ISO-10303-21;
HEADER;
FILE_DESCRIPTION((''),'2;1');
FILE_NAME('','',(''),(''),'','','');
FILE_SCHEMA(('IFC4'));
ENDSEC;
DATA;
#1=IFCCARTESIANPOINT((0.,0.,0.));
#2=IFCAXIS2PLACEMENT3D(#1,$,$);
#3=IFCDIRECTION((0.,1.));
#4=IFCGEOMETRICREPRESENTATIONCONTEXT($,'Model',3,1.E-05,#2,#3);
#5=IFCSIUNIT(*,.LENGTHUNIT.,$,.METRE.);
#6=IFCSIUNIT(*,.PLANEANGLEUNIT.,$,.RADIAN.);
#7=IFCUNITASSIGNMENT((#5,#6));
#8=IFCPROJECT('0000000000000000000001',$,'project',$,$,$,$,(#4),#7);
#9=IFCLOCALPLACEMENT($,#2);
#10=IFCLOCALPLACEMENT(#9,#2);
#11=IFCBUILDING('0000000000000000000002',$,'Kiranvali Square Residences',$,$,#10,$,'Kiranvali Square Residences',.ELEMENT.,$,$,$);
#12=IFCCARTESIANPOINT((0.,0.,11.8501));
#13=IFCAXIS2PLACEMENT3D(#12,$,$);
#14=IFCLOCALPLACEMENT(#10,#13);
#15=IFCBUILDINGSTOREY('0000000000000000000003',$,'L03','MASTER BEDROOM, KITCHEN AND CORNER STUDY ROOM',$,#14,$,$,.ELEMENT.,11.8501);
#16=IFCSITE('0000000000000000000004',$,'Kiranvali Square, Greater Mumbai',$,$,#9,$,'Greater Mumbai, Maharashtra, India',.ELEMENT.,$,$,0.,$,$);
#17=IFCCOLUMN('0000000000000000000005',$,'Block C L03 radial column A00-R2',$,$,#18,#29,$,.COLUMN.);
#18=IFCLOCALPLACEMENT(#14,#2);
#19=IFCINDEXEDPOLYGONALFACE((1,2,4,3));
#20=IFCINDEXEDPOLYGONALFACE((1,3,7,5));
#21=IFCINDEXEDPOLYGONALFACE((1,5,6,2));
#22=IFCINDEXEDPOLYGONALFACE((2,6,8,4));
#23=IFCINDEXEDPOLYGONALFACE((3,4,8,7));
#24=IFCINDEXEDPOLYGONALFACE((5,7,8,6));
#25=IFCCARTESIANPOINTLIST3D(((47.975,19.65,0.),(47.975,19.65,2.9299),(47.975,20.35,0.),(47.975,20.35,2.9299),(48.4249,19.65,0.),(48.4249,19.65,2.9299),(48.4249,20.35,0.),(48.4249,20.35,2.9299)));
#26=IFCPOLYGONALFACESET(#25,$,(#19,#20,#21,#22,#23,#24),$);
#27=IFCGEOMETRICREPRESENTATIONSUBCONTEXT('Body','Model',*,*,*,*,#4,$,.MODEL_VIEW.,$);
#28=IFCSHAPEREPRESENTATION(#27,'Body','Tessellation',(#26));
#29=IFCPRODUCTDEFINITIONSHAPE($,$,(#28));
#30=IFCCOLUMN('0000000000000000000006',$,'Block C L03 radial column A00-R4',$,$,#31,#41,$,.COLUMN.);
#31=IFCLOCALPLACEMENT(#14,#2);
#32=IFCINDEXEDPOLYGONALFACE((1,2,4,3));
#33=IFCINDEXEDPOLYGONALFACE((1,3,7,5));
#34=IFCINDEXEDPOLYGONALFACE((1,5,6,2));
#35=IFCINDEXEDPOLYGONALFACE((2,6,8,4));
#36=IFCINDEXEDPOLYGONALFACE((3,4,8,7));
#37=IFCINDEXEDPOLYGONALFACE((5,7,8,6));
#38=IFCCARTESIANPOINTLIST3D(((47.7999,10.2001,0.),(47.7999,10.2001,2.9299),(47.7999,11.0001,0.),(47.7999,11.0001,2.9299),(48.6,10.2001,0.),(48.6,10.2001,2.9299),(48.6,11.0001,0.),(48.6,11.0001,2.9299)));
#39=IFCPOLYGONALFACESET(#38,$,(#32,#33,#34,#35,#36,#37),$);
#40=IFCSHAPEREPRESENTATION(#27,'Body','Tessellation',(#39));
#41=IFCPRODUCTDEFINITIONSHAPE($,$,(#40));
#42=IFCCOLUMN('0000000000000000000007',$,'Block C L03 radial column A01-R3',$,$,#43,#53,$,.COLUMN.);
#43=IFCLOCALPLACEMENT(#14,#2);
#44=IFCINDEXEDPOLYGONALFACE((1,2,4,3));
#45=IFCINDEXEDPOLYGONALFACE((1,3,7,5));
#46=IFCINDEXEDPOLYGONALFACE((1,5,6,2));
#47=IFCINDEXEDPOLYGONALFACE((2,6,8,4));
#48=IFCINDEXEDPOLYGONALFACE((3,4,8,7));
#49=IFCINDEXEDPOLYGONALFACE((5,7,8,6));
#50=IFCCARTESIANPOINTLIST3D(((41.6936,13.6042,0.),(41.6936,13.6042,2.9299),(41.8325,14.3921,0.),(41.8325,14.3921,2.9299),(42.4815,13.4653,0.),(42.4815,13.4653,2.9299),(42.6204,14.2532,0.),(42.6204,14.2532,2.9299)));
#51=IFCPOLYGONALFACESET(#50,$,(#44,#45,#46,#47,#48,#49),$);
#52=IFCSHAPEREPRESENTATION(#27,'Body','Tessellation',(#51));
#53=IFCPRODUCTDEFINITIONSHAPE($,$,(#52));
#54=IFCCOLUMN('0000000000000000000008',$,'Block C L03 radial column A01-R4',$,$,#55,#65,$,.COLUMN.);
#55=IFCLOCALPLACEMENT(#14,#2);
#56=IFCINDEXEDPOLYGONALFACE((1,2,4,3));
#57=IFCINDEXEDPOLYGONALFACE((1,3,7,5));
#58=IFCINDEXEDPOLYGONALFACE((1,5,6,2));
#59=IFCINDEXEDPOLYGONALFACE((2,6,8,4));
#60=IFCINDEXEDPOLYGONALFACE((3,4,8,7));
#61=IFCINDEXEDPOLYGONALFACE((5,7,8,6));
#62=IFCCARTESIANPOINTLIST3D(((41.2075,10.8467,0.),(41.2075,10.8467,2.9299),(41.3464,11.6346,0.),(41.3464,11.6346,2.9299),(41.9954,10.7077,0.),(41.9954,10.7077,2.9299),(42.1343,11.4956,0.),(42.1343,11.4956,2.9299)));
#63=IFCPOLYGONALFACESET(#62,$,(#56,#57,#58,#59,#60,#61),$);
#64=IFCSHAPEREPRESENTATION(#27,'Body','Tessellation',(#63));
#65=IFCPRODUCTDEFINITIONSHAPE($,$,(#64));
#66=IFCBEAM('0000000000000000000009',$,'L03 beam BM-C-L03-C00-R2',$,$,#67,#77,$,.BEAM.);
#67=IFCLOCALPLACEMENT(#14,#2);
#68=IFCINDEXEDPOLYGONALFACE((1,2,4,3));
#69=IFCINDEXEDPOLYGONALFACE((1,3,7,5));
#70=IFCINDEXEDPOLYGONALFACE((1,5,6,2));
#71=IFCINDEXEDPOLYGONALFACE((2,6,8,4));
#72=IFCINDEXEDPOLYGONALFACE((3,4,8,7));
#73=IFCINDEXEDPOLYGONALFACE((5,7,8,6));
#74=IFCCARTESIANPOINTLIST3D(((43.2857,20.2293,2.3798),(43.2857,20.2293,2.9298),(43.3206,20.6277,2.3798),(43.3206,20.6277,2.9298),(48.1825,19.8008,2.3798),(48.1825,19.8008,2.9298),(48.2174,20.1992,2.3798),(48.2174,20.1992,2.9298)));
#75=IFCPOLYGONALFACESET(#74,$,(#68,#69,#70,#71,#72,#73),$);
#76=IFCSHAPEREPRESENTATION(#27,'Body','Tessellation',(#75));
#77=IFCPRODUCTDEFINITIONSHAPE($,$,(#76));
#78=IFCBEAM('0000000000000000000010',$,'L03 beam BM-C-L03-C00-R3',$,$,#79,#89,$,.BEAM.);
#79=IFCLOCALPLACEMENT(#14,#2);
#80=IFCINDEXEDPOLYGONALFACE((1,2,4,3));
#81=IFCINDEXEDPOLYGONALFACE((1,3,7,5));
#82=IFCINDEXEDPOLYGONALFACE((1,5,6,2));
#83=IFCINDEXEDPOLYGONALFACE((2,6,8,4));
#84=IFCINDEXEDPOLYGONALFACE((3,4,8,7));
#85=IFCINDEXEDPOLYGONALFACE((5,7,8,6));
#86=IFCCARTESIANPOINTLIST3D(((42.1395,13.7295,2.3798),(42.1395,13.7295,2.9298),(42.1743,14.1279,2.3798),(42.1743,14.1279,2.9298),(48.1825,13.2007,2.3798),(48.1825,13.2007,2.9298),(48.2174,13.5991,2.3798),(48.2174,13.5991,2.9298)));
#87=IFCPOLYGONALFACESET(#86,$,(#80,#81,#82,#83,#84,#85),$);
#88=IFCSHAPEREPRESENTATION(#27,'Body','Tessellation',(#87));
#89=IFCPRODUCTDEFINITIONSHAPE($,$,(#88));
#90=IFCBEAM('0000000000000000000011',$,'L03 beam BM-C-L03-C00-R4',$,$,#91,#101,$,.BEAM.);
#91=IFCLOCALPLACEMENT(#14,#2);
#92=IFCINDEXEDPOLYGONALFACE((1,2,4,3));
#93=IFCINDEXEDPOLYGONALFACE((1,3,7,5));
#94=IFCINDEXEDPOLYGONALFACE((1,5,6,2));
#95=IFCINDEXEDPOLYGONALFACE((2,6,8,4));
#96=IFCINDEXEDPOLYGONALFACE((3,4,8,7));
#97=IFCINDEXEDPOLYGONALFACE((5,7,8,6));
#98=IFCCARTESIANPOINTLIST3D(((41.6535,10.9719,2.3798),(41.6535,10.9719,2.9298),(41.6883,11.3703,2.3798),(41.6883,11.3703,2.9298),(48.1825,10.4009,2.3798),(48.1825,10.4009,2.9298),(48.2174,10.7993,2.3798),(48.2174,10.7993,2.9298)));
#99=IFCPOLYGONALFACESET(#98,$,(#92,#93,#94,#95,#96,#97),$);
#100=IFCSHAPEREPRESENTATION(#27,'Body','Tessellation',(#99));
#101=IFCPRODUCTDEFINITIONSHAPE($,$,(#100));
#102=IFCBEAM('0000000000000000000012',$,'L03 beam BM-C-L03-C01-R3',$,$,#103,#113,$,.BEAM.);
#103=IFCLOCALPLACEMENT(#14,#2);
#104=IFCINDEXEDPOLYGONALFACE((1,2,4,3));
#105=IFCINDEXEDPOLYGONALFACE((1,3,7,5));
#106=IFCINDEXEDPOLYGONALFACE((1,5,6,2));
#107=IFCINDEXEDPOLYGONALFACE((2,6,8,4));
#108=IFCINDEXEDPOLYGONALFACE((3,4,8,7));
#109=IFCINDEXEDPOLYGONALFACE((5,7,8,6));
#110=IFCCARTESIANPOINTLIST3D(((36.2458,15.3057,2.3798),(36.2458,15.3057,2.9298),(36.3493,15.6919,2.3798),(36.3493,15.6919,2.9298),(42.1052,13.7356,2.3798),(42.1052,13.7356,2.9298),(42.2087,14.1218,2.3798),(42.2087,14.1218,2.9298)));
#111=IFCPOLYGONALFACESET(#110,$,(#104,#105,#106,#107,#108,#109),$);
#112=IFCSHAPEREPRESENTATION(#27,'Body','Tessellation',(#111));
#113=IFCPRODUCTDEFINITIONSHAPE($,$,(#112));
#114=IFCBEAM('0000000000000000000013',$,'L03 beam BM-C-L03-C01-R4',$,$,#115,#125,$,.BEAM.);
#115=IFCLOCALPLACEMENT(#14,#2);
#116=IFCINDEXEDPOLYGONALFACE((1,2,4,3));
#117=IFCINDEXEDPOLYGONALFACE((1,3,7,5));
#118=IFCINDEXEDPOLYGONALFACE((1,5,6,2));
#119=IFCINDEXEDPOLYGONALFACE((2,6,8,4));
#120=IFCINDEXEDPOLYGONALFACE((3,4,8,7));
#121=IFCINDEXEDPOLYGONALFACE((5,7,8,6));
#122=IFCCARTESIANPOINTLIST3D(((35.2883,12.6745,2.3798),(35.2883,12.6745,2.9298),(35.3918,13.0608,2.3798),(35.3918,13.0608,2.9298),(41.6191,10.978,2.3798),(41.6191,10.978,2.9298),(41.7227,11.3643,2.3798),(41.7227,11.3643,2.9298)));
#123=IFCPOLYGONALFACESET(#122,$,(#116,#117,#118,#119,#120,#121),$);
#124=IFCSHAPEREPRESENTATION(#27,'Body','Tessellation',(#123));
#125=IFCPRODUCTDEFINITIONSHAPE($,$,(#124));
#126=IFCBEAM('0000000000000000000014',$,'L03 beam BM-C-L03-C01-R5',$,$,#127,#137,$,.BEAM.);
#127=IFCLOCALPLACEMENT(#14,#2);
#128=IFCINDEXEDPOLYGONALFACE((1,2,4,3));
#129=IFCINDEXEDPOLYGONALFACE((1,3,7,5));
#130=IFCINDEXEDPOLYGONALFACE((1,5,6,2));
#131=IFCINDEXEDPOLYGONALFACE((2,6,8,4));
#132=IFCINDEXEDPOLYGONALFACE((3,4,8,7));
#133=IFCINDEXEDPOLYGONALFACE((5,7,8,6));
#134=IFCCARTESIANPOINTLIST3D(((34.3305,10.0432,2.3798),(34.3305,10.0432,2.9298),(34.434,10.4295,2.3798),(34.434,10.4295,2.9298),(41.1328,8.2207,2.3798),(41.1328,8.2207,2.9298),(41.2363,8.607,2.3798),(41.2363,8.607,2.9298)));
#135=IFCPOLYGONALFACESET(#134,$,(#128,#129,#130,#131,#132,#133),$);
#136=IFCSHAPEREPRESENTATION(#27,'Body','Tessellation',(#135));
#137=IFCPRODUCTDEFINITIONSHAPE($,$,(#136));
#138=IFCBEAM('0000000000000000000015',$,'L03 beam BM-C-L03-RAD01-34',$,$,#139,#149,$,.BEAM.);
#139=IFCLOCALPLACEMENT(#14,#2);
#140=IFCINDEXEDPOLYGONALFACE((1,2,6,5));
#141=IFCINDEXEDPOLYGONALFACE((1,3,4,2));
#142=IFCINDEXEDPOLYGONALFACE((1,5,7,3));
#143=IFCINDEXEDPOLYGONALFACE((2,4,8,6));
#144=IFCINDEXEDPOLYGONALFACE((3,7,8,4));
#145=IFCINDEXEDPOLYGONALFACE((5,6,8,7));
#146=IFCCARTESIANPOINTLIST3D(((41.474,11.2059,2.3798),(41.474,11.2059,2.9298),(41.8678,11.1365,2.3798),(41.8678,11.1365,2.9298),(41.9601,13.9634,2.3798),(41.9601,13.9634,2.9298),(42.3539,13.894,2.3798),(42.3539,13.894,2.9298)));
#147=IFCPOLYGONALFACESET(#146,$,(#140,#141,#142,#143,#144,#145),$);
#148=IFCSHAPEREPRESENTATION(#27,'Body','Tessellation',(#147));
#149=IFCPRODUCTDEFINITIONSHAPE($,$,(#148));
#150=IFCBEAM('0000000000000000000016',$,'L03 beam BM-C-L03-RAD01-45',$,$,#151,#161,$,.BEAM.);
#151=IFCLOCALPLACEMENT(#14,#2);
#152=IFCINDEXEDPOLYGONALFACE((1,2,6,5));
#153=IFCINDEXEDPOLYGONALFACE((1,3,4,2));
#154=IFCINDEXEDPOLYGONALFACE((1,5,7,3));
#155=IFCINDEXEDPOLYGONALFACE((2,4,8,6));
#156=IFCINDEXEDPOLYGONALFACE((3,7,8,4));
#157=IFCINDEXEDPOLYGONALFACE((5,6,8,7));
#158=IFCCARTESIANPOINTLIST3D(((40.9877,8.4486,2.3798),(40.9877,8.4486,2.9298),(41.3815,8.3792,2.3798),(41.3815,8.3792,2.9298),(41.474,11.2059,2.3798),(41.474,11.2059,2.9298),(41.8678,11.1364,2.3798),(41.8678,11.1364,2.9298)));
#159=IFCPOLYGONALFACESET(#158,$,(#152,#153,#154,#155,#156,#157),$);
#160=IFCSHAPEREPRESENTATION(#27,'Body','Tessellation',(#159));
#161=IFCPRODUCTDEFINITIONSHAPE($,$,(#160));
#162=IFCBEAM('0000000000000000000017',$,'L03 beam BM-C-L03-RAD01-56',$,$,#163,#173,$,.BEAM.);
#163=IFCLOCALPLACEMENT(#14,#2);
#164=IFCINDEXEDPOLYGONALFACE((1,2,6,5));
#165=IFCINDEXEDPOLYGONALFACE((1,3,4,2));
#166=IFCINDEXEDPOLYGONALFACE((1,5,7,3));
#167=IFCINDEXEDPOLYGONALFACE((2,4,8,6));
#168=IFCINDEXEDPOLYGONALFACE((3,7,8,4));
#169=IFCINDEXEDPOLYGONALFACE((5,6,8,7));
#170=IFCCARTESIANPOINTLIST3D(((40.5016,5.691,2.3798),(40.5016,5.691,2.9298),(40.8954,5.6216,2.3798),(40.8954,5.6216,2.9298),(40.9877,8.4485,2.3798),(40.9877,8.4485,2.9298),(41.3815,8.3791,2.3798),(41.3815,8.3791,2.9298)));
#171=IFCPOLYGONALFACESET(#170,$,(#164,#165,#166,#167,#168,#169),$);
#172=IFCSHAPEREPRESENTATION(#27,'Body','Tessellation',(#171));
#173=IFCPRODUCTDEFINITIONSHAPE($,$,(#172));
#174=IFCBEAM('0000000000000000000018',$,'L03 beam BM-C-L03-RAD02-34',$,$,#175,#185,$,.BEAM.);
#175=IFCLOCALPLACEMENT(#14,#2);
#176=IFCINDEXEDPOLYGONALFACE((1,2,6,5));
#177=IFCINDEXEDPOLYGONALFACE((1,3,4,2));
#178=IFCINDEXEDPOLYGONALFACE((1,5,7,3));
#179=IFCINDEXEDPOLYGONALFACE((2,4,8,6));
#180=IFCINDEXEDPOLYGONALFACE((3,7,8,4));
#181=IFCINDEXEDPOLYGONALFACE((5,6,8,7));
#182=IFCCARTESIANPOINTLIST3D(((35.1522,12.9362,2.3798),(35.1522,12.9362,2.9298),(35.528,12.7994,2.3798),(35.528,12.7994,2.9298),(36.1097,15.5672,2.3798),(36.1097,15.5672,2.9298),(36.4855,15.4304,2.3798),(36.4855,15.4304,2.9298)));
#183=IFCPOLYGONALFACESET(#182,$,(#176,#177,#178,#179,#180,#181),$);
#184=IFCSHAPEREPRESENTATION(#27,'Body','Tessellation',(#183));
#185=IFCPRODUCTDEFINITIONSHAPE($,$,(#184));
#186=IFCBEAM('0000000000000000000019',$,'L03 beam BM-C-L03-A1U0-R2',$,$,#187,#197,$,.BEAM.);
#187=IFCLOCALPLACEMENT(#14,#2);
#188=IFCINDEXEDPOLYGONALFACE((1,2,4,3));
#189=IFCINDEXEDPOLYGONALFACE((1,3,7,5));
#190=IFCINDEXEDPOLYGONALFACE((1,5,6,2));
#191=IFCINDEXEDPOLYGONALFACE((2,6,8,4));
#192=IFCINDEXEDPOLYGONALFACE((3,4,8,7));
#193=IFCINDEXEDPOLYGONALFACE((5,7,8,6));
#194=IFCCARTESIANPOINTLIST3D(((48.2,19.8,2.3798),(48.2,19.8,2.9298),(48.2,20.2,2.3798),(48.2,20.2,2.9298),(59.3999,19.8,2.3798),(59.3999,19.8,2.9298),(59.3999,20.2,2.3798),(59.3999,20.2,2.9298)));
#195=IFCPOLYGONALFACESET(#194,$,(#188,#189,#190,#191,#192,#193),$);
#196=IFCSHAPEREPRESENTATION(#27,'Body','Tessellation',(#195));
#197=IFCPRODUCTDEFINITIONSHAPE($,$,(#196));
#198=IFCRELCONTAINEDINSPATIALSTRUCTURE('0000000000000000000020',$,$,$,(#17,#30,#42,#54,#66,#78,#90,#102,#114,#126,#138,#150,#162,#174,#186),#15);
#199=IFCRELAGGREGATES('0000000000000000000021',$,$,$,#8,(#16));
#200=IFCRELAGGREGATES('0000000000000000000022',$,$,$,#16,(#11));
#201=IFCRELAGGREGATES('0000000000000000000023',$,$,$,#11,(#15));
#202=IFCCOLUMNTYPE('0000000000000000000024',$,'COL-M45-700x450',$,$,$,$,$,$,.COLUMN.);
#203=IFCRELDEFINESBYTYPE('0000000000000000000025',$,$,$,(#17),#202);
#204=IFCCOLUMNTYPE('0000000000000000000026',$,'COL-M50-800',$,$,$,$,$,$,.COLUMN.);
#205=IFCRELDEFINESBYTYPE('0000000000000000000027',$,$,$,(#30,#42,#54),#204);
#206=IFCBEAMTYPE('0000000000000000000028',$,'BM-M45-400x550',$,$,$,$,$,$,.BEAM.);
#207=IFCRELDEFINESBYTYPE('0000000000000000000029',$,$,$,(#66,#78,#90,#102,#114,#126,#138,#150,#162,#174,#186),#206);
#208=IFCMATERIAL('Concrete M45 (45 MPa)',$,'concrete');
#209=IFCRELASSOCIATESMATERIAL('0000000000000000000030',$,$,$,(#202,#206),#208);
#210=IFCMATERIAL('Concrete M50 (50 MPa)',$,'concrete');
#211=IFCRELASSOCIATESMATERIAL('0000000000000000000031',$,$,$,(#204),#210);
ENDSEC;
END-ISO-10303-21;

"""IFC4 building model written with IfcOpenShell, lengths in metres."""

from ifc_helpers import new_model, si_unit, direction, frame, origin, origin_2d, place, context, subcontext, project, spatial, rectangle, extrude, material, material_profile, profile_set, type_object, element, save


model = new_model("IFC4")

# Units and contexts
model_context = context("Model", 3, precision=1e-05, world=origin(), true_north=direction((0.0, 1.0)))
body_context = subcontext(model_context, "Body", "Model", "MODEL_VIEW")
ifc_project = project(units=[si_unit("LENGTHUNIT", "METRE"), si_unit("PLANEANGLEUNIT", "RADIAN")], contexts=[model_context])

# Site, building, storey
site_placement = place(None, origin())
site = spatial("IfcSite", under=ifc_project, at=site_placement, Name="Kiranvali Square, Greater Mumbai", LongName="Greater Mumbai, Maharashtra, India", CompositionType="ELEMENT", RefElevation=0.0)
building_placement = place(site_placement, origin())
building = spatial("IfcBuilding", under=site, at=building_placement, Name="Kiranvali Square Residences", LongName="Kiranvali Square Residences", CompositionType="ELEMENT")
storey_placement = place(building_placement, frame((0.0, 0.0, 11.8501)))
storey = spatial("IfcBuildingStorey", under=building, at=storey_placement, Name="L03", Description="MASTER BEDROOM, KITCHEN AND CORNER STUDY ROOM", CompositionType="ELEMENT", Elevation=11.8501)

# Columns
ifc_material_1 = material(Name="Concrete M45 (45 MPa)", Category="concrete")
ifc_material_profile_1 = material_profile(ifc_material_1, rectangle(XDim=0.45, YDim=0.7, at=origin_2d()), Name="RC 700x450")
ifc_profile_set_1 = profile_set([ifc_material_profile_1], Name="Concrete M45 (45 MPa)")
column_type_1 = type_object("IfcColumnType", Name="COL-M45-700x450", PredefinedType="COLUMN", material=ifc_profile_set_1)
column_placement = place(storey_placement, frame((48.2, 20.0, 0.0), z_axis=(0.0, 0.0, 1.0), x_axis=(1.0, 0.0, 0.0)))
element("IfcColumn", 1, at=column_placement, inside=storey, type_object=column_type_1, Name="Block C L03 radial column A00-R2", PredefinedType="COLUMN", context=body_context, shape_type="SweptSolid", body=[
    extrude(rectangle(XDim=0.45, YDim=0.7, at=origin_2d()), origin(), (0.0, 0.0, 1.0), 2.9299),
])
ifc_material_2 = material(Name="Concrete M50 (50 MPa)", Category="concrete")
ifc_material_profile_2 = material_profile(ifc_material_2, rectangle(XDim=0.8, YDim=0.8, at=origin_2d()), Name="RC 800x800")
ifc_profile_set_2 = profile_set([ifc_material_profile_2], Name="Concrete M50 (50 MPa)")
column_type_2 = type_object("IfcColumnType", Name="COL-M50-800", PredefinedType="COLUMN", material=ifc_profile_set_2)
for number, where, z_axis, x_axis, name in (
    (2, (48.2, 10.6001, 0.0), (0.0, 0.0, 1.0), (1.0, 0.0, 0.0), "Block C L03 radial column A00-R4"),
    (3, (42.157, 13.9287, 0.0), (0.0, 0.0, 1.0), (-0.984808, 0.173648, 0.0), "Block C L03 radial column A01-R3"),
    (4, (41.6709, 11.1711, 0.0), (0.0, 0.0, 1.0), (-0.984808, 0.173648, 0.0), "Block C L03 radial column A01-R4"),
):
    element("IfcColumn", number, at=place(storey_placement, frame(where, z_axis=z_axis, x_axis=x_axis)), inside=storey, type_object=column_type_2, Name=name, PredefinedType="COLUMN", context=body_context, shape_type="SweptSolid", body=[
        extrude(rectangle(XDim=0.8, YDim=0.8, at=origin_2d()), origin(), (0.0, 0.0, 1.0), 2.9299),
    ])

# Beams
ifc_material_profile_3 = material_profile(ifc_material_1, rectangle(XDim=0.3999, YDim=0.55, at=origin_2d()), Name="RC 400x550")
ifc_profile_set_3 = profile_set([ifc_material_profile_3], Name="Concrete M45 (45 MPa)")
beam_type = type_object("IfcBeamType", Name="BM-M45-400x550", PredefinedType="BEAM", material=ifc_profile_set_3)
beam_1_placement = place(storey_placement, frame((48.2, 20.0, 2.6548), z_axis=(-0.996194, 0.087168, 0.0), x_axis=(-0.087168, -0.996194, 0.0)))
element("IfcBeam", 5, at=beam_1_placement, inside=storey, type_object=beam_type, Name="L03 beam BM-C-L03-C00-R2", PredefinedType="BEAM", context=body_context, shape_type="SweptSolid", body=[
    extrude(rectangle(XDim=0.3999, YDim=0.55, at=origin_2d()), origin(), (0.0, 0.0, 1.0), 4.9155),
])
beam_2_placement = place(storey_placement, frame((48.2, 13.3999, 2.6548), z_axis=(-0.996193, 0.087175, 0.0), x_axis=(-0.087175, -0.996193, 0.0)))
element("IfcBeam", 6, at=beam_2_placement, inside=storey, type_object=beam_type, Name="L03 beam BM-C-L03-C00-R3", PredefinedType="BEAM", context=body_context, shape_type="SweptSolid", body=[
    extrude(rectangle(XDim=0.3999, YDim=0.55, at=origin_2d()), origin(), (0.0, 0.0, 1.0), 6.0662),
])
beam_3_placement = place(storey_placement, frame((48.2, 10.6001, 2.6548), z_axis=(-0.996197, 0.08713, 0.0), x_axis=(-0.08713, -0.996197, 0.0)))
element("IfcBeam", 7, at=beam_3_placement, inside=storey, type_object=beam_type, Name="L03 beam BM-C-L03-C00-R4", PredefinedType="BEAM", context=body_context, shape_type="SweptSolid", body=[
    extrude(rectangle(XDim=0.3999, YDim=0.55, at=origin_2d()), origin(), (0.0, 0.0, 1.0), 6.554),
])
beam_4_placement = place(storey_placement, frame((42.157, 13.9287, 2.6548), z_axis=(-0.965924, 0.258827, 0.0), x_axis=(-0.258827, -0.965924, 0.0)))
element("IfcBeam", 8, at=beam_4_placement, inside=storey, type_object=beam_type, Name="L03 beam BM-C-L03-C01-R3", PredefinedType="BEAM", context=body_context, shape_type="SweptSolid", body=[
    extrude(rectangle(XDim=0.3999, YDim=0.55, at=origin_2d()), origin(), (0.0, 0.0, 1.0), 6.0662),
])
beam_5_placement = place(storey_placement, frame((41.6709, 11.1711, 2.6548), z_axis=(-0.965918, 0.258847, 0.0), x_axis=(-0.258847, -0.965918, 0.0)))
element("IfcBeam", 9, at=beam_5_placement, inside=storey, type_object=beam_type, Name="L03 beam BM-C-L03-C01-R4", PredefinedType="BEAM", context=body_context, shape_type="SweptSolid", body=[
    extrude(rectangle(XDim=0.3999, YDim=0.55, at=origin_2d()), origin(), (0.0, 0.0, 1.0), 6.5542),
])
beam_6_placement = place(storey_placement, frame((41.1846, 8.4138, 2.6548), z_axis=(-0.965931, 0.2588, 0.0), x_axis=(-0.2588, -0.965931, 0.0)))
element("IfcBeam", 10, at=beam_6_placement, inside=storey, type_object=beam_type, Name="L03 beam BM-C-L03-C01-R5", PredefinedType="BEAM", context=body_context, shape_type="SweptSolid", body=[
    extrude(rectangle(XDim=0.3999, YDim=0.55, at=origin_2d()), origin(), (0.0, 0.0, 1.0), 7.0422),
])
beam_7_placement = place(storey_placement, frame((42.157, 13.9287, 2.6548), z_axis=(-0.173596, -0.984817, 0.0), x_axis=(0.984817, -0.173596, 0.0)))
element("IfcBeam", 11, at=beam_7_placement, inside=storey, type_object=beam_type, Name="L03 beam BM-C-L03-RAD01-34", PredefinedType="BEAM", context=body_context, shape_type="SweptSolid", body=[
    extrude(rectangle(XDim=0.3999, YDim=0.55, at=origin_2d()), origin(), (0.0, 0.0, 1.0), 2.8),
])
beam_8_placement = place(storey_placement, frame((41.6709, 11.1711, 2.6548), z_axis=(-0.173696, -0.984799, 0.0), x_axis=(0.984799, -0.173696, 0.0)))
element("IfcBeam", 12, at=beam_8_placement, inside=storey, type_object=beam_type, Name="L03 beam BM-C-L03-RAD01-45", PredefinedType="BEAM", context=body_context, shape_type="SweptSolid", body=[
    extrude(rectangle(XDim=0.3999, YDim=0.55, at=origin_2d()), origin(), (0.0, 0.0, 1.0), 2.7998),
])
beam_9_placement = place(storey_placement, frame((41.1846, 8.4138, 2.6548), z_axis=(-0.173596, -0.984817, 0.0), x_axis=(0.984817, -0.173596, 0.0)))
element("IfcBeam", 13, at=beam_9_placement, inside=storey, type_object=beam_type, Name="L03 beam BM-C-L03-RAD01-56", PredefinedType="BEAM", context=body_context, shape_type="SweptSolid", body=[
    extrude(rectangle(XDim=0.3999, YDim=0.55, at=origin_2d()), origin(), (0.0, 0.0, 1.0), 2.8),
])
beam_10_placement = place(storey_placement, frame((36.2976, 15.4988, 2.6548), z_axis=(-0.341981, -0.939707, 0.0), x_axis=(0.939707, -0.341981, 0.0)))
element("IfcBeam", 14, at=beam_10_placement, inside=storey, type_object=beam_type, Name="L03 beam BM-C-L03-RAD02-34", PredefinedType="BEAM", context=body_context, shape_type="SweptSolid", body=[
    extrude(rectangle(XDim=0.3999, YDim=0.55, at=origin_2d()), origin(), (0.0, 0.0, 1.0), 2.7998),
])
for number, where, z_axis, x_axis, name in (
    (15, (48.2, 20.0, 2.6548), (1.0, 0.0, 0.0), (0.0, 1.0, 0.0), "L03 beam BM-C-L03-A1U0-R2"),
):
    element("IfcBeam", number, at=place(storey_placement, frame(where, z_axis=z_axis, x_axis=x_axis)), inside=storey, type_object=beam_type, Name=name, PredefinedType="BEAM", context=body_context, shape_type="SweptSolid", body=[
        extrude(rectangle(XDim=0.3999, YDim=0.55, at=origin_2d()), origin(), (0.0, 0.0, 1.0), 11.2),
    ])

save(model, "model.ifc")
